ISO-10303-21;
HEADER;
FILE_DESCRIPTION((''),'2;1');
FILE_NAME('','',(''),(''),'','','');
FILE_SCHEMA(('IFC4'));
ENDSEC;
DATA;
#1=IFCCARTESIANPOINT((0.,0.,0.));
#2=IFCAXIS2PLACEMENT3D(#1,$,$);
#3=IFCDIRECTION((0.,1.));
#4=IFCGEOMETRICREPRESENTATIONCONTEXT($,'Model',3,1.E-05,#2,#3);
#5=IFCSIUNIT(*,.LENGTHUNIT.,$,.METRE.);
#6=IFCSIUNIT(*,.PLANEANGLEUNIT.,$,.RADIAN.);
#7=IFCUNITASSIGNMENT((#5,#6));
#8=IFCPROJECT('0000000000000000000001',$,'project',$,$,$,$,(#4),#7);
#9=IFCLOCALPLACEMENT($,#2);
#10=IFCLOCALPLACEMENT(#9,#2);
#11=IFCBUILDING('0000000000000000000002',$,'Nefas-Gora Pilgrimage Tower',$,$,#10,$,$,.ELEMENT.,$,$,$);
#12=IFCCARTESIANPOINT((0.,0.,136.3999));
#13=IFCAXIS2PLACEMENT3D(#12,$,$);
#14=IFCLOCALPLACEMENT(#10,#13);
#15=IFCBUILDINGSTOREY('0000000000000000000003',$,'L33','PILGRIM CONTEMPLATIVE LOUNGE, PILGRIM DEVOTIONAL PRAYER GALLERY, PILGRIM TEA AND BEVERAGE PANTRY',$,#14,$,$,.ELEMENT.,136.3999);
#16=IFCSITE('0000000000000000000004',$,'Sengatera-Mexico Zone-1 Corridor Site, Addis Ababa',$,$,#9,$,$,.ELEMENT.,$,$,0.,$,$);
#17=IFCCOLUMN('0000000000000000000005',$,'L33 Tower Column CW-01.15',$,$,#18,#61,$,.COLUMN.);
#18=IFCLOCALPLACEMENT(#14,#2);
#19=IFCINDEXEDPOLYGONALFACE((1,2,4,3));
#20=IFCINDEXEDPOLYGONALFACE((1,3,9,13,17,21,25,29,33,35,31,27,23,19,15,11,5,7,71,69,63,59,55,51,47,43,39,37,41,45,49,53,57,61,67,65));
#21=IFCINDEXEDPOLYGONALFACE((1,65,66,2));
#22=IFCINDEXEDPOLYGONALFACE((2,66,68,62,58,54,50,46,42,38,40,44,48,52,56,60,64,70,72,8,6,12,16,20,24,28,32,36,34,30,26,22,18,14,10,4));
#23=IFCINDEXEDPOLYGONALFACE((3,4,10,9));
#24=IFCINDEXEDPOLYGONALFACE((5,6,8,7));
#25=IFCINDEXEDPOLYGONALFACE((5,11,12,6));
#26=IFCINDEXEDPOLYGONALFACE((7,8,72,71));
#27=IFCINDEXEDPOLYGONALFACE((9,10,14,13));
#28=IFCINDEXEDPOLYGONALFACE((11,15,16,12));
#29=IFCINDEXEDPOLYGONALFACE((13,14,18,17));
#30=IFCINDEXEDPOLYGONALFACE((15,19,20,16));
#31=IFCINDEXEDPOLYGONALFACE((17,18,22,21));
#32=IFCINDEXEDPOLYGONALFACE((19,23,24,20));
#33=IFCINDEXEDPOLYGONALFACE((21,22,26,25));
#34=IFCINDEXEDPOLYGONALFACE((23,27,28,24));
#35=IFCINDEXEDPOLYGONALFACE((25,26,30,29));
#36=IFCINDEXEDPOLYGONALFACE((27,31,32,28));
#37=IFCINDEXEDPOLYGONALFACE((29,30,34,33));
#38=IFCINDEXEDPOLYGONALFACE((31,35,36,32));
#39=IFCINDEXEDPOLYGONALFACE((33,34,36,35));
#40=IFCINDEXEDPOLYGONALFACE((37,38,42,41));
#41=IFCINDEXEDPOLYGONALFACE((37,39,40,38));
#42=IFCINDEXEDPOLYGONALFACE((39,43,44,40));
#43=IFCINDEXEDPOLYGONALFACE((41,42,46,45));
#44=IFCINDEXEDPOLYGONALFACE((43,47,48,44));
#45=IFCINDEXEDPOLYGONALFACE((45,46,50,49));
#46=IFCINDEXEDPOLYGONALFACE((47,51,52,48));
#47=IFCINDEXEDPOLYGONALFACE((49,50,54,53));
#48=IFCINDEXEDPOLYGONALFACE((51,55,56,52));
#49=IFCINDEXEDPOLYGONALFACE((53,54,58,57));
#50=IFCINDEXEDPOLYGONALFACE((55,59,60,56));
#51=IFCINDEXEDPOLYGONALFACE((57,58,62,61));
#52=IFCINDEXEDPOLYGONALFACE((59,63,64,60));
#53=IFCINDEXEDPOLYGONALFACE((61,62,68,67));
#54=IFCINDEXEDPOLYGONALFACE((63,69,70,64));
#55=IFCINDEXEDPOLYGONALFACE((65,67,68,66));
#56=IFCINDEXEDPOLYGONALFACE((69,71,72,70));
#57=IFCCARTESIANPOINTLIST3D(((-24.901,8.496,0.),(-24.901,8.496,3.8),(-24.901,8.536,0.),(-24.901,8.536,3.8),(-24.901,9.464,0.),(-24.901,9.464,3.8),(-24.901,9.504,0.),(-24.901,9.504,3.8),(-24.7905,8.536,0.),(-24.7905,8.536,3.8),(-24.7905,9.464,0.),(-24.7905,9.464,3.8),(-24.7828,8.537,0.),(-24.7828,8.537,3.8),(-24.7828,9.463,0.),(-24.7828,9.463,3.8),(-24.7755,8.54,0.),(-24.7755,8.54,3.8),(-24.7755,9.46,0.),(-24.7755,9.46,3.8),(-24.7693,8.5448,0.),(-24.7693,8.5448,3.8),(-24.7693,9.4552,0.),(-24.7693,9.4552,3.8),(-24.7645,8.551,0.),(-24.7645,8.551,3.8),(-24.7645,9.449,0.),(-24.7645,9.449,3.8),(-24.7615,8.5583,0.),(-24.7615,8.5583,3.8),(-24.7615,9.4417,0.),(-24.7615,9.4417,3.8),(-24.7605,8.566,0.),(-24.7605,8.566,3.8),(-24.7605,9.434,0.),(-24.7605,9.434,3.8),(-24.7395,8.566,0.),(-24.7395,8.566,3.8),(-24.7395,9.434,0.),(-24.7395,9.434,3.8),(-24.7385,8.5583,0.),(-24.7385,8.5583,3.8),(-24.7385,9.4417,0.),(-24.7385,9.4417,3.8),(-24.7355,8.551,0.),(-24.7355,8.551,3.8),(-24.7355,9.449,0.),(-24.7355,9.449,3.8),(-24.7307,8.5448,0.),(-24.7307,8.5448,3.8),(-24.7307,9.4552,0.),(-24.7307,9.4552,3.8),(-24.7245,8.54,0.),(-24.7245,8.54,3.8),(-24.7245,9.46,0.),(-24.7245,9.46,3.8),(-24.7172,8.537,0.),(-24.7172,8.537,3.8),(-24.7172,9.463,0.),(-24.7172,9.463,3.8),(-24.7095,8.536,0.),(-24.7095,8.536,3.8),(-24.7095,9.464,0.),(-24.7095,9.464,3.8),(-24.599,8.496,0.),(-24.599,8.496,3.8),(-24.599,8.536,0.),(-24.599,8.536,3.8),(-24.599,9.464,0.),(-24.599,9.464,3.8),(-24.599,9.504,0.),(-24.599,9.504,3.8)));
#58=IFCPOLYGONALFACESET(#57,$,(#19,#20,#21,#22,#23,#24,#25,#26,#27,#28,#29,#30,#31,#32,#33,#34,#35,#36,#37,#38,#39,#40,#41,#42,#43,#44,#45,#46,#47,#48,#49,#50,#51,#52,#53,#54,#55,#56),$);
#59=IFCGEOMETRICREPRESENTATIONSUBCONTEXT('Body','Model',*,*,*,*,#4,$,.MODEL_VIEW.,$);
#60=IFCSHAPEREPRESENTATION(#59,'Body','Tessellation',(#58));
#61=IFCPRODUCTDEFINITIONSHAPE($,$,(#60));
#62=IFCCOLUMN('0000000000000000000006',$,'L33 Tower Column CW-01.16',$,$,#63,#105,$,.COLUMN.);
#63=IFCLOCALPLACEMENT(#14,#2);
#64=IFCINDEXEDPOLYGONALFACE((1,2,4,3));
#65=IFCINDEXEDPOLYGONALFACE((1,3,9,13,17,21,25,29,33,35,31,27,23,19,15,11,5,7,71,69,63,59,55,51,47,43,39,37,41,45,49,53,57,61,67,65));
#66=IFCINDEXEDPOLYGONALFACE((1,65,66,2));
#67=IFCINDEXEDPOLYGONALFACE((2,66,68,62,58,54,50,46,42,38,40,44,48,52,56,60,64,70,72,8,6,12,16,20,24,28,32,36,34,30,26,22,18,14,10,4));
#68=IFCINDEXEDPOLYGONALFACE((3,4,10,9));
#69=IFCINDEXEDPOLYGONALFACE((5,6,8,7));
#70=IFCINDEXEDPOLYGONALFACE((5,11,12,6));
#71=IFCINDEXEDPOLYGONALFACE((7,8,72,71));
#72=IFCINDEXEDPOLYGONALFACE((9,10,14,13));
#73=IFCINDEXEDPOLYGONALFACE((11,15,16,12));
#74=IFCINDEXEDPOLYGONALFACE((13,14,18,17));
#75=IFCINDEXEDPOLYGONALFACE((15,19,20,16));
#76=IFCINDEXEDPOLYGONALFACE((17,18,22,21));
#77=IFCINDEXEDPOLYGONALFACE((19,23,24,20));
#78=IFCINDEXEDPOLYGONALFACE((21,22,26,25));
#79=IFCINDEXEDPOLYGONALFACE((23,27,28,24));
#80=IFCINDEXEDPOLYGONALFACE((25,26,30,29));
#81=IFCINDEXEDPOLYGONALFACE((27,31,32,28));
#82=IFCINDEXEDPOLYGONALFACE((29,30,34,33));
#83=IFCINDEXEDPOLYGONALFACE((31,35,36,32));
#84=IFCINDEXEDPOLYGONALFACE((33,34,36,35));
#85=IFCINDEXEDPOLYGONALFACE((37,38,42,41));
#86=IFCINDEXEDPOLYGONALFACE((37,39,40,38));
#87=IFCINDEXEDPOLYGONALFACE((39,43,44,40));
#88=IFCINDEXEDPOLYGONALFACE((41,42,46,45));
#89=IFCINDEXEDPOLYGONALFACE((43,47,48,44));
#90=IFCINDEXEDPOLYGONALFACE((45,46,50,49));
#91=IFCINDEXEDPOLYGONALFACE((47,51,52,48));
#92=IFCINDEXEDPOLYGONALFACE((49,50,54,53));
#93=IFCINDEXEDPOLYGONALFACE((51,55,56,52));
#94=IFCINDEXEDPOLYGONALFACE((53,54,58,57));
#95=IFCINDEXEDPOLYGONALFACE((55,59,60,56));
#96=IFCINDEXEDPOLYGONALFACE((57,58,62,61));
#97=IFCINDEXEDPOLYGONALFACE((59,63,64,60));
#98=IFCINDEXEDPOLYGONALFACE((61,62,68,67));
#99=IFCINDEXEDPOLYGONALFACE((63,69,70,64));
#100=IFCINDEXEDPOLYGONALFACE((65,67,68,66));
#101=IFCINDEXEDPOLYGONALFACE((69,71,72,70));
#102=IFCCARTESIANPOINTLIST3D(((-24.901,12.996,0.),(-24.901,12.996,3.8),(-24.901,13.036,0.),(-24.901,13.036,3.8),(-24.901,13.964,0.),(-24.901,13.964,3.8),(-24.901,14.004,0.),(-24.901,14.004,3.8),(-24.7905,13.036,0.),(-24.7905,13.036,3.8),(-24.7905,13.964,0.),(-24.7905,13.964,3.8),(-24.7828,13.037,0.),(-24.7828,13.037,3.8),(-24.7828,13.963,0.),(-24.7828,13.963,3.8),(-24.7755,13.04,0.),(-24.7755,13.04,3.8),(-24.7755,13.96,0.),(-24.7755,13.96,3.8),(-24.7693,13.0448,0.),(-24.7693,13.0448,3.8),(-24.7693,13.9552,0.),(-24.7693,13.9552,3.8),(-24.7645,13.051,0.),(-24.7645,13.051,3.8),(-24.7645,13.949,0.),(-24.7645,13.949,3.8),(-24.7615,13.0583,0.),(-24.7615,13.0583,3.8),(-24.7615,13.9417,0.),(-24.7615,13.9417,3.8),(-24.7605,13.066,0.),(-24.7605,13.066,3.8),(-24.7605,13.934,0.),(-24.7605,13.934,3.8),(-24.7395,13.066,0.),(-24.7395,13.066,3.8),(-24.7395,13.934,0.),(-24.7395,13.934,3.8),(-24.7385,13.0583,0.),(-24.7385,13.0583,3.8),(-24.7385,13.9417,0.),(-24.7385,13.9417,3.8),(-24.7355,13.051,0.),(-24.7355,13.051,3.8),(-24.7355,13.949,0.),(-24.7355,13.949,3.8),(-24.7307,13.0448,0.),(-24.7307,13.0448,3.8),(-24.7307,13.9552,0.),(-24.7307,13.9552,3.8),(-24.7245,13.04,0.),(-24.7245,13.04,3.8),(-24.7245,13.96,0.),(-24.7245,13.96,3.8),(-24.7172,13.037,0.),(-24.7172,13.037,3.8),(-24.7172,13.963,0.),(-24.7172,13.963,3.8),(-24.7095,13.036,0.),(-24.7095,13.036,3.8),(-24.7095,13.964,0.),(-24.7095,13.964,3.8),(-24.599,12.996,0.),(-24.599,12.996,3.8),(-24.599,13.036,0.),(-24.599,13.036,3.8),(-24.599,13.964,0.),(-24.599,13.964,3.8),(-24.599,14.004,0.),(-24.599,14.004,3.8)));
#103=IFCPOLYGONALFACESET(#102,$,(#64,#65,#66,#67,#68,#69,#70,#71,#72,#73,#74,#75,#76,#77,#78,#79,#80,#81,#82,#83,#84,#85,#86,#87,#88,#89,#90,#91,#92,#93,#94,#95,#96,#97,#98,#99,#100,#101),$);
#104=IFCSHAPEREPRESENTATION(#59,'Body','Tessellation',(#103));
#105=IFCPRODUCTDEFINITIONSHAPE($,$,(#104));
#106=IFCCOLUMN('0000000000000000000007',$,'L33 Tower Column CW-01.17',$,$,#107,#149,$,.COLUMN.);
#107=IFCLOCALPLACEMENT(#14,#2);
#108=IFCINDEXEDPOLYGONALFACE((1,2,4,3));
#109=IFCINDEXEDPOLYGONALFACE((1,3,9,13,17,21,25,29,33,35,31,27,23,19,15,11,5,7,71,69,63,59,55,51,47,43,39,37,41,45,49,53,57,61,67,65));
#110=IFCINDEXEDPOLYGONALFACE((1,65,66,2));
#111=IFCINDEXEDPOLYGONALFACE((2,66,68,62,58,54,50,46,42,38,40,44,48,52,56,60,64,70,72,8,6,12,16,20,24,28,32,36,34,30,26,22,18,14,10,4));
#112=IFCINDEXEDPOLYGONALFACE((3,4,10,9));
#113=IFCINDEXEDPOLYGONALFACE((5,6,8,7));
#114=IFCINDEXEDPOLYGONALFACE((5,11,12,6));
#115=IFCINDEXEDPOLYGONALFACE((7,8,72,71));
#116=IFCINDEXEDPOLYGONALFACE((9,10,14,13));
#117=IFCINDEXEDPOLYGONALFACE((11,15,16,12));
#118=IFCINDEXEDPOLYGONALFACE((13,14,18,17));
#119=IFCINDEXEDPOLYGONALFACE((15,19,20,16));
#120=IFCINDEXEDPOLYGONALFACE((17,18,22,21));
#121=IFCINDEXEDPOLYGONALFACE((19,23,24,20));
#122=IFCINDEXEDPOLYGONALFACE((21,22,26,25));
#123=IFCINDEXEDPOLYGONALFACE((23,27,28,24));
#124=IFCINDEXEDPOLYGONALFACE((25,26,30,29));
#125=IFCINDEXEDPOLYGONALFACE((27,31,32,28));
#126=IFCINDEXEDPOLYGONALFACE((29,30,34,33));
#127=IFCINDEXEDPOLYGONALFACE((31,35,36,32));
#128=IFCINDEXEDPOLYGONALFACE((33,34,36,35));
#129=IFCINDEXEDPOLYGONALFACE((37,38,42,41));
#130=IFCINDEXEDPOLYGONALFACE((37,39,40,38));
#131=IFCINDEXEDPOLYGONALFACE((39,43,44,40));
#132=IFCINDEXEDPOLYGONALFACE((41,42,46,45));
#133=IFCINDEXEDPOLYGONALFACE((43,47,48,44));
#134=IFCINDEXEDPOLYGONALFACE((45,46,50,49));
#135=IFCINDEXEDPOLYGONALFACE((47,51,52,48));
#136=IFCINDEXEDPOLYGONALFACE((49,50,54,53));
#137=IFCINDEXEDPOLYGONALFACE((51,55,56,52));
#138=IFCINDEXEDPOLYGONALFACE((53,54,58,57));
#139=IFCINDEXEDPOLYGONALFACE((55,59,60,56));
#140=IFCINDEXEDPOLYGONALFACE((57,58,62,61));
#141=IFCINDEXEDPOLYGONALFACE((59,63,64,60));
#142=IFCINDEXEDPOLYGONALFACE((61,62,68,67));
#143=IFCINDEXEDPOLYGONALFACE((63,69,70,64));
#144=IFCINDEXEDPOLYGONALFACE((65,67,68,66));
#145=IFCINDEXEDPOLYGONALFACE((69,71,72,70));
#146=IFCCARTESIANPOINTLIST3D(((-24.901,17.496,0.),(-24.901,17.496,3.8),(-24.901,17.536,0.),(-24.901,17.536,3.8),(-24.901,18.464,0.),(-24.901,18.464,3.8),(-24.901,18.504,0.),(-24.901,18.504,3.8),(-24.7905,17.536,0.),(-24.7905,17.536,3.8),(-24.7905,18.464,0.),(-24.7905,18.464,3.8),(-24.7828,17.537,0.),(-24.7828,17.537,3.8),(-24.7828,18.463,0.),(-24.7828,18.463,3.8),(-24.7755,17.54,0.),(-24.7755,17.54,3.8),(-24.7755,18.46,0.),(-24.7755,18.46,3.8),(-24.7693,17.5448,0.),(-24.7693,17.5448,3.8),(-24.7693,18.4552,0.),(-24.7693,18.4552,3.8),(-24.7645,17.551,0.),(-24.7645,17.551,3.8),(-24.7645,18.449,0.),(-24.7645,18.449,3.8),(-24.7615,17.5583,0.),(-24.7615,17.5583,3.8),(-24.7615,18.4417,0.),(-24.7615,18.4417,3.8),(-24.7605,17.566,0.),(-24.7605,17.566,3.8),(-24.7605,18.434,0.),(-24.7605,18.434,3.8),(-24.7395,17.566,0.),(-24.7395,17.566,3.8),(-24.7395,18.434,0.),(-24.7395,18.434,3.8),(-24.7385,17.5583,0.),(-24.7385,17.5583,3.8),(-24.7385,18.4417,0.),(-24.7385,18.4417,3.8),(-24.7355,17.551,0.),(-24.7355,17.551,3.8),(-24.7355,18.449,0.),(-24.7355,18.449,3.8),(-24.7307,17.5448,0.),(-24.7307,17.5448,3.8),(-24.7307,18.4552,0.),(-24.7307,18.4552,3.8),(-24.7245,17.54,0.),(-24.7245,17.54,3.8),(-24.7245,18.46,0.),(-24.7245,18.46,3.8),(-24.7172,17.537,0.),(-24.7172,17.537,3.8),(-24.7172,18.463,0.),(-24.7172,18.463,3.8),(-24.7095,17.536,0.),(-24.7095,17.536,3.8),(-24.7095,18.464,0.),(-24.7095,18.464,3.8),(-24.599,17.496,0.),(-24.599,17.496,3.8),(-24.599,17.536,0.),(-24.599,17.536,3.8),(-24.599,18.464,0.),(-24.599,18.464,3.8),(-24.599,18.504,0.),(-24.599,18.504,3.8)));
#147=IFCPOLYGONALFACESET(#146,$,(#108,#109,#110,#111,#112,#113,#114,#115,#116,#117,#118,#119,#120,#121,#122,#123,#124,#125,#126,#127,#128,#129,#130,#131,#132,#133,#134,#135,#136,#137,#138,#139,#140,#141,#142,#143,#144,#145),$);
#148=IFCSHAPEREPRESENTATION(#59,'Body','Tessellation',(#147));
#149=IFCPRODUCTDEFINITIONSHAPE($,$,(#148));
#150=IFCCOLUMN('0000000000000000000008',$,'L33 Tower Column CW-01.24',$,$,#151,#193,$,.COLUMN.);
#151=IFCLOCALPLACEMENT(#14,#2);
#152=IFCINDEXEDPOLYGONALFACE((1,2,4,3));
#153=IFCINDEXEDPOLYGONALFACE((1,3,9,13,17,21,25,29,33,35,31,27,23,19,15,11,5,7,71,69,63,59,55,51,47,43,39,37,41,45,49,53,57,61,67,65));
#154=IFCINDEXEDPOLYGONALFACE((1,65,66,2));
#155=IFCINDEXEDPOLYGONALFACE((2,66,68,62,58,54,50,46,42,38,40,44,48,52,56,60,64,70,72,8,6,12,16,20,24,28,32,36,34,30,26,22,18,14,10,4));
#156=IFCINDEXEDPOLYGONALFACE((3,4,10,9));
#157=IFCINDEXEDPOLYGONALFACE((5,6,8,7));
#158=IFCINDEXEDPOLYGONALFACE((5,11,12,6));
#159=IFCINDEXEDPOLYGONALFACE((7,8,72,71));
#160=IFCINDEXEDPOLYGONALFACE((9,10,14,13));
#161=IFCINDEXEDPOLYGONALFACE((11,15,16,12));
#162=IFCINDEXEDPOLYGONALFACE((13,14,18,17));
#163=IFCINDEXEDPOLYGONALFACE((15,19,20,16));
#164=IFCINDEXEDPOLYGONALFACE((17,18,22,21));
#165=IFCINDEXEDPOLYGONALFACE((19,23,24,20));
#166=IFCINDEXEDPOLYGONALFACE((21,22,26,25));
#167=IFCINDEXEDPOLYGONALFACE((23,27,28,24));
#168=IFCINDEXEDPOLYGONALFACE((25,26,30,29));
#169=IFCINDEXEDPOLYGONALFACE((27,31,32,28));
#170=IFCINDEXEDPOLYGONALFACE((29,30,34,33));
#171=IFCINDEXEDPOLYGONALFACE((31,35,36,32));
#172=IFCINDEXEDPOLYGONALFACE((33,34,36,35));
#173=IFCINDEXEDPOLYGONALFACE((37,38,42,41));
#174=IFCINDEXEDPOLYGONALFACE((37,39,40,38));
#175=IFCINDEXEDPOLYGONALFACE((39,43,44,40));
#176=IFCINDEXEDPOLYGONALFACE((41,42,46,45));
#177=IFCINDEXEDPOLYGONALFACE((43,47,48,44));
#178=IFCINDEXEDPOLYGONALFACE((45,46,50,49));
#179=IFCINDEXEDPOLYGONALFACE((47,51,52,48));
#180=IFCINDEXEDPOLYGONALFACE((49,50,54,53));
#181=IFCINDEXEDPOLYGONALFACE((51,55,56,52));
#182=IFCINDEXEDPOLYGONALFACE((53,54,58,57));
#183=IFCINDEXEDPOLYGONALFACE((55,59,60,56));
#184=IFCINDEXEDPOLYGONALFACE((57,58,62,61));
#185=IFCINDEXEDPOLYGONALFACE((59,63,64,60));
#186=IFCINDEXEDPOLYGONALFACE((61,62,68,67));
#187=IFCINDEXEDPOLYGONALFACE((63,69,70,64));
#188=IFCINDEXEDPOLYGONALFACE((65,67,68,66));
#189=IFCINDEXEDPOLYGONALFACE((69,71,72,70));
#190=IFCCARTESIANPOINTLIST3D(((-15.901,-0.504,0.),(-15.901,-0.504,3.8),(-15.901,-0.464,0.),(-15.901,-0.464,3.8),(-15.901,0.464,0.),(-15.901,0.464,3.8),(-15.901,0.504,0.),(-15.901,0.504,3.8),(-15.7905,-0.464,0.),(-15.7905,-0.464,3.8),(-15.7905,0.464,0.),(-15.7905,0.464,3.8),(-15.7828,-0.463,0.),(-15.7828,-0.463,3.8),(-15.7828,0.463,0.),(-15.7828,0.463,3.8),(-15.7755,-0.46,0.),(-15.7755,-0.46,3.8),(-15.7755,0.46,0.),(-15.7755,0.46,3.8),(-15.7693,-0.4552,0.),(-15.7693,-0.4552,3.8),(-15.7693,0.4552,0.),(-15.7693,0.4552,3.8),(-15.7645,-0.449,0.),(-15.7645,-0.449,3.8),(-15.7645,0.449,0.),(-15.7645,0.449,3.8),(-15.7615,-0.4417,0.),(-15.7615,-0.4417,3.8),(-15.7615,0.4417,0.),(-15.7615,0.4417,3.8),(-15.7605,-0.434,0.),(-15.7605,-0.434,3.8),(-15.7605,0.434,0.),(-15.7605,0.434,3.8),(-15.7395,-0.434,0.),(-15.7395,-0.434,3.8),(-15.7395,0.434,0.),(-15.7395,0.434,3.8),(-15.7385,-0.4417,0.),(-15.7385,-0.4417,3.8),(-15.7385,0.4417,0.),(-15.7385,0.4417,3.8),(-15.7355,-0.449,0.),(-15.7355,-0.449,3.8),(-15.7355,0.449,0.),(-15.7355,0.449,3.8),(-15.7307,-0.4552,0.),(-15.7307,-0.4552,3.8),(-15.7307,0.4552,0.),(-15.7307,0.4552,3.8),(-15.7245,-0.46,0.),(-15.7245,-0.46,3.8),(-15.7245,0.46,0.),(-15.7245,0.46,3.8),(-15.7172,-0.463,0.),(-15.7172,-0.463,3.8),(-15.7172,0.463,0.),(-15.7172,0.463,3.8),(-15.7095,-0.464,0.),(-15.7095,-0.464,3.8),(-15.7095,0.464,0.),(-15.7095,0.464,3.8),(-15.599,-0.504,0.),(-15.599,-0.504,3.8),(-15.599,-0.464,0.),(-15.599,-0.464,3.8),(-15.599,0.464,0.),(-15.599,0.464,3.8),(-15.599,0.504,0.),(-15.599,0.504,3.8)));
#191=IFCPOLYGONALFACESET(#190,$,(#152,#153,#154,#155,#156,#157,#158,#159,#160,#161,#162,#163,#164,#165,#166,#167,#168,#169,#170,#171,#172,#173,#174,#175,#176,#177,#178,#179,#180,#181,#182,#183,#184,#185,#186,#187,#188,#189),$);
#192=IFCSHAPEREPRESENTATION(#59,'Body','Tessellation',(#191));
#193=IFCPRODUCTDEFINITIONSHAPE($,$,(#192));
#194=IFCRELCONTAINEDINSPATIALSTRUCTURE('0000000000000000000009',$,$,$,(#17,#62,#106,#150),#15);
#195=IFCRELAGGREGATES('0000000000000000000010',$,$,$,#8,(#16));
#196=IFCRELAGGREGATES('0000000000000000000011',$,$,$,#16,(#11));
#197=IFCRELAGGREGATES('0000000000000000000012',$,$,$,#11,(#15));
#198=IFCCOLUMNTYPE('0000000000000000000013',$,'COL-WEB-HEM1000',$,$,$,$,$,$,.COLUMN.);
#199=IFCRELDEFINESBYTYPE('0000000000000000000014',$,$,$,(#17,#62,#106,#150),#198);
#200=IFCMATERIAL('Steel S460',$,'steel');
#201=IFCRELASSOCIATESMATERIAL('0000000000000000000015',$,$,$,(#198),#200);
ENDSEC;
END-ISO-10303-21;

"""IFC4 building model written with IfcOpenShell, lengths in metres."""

from ifc_helpers import new_model, si_unit, direction, frame, origin, origin_2d, place, context, subcontext, project, spatial, i_section, extrude, source, transform, mapped, material, material_profile, profile_set, type_object, element, save


model = new_model("IFC4")

# Units and contexts
model_context = context("Model", 3, precision=1e-05, world=origin(), true_north=direction((0.0, 1.0)))
body_context = subcontext(model_context, "Body", "Model", "MODEL_VIEW")
ifc_project = project(units=[si_unit("LENGTHUNIT", "METRE"), si_unit("PLANEANGLEUNIT", "RADIAN")], contexts=[model_context])

# Site, building, storey
site_placement = place(None, origin())
site = spatial("IfcSite", under=ifc_project, at=site_placement, Name="Sengatera-Mexico Zone-1 Corridor Site, Addis Ababa", CompositionType="ELEMENT", RefElevation=0.0)
building_placement = place(site_placement, origin())
building = spatial("IfcBuilding", under=site, at=building_placement, Name="Nefas-Gora Pilgrimage Tower", CompositionType="ELEMENT")
storey_placement = place(building_placement, frame((0.0, 0.0, 136.3999)))
storey = spatial("IfcBuildingStorey", under=building, at=storey_placement, Name="L33", Description="PILGRIM CONTEMPLATIVE LOUNGE, PILGRIM DEVOTIONAL PRAYER GALLERY, PILGRIM TEA AND BEVERAGE PANTRY", CompositionType="ELEMENT", Elevation=136.3999)

# Columns
ifc_material_1 = material(Name="Steel S460", Category="steel")
ifc_material_profile_1 = material_profile(ifc_material_1, i_section(OverallWidth=0.302, OverallDepth=1.0081, WebThickness=0.021, FlangeThickness=0.04, FilletRadius=0.03, at=origin_2d()), Name="HEM 1000")
ifc_profile_set_1 = profile_set([ifc_material_profile_1], Name="Steel S460")
column_type_1 = type_object("IfcColumnType", Name="COL-WEB-HEM1000", PredefinedType="COLUMN", material=ifc_profile_set_1)
shared_shape_1 = source(origin(), body_context, "Body", "SweptSolid", [
    extrude(i_section(OverallWidth=0.302, OverallDepth=1.0081, WebThickness=0.021, FlangeThickness=0.04, FilletRadius=0.03, at=origin_2d()), origin(), (0.0, 0.0, 1.0), 3.8),
])
for number, where, z_axis, x_axis, name in (
    (1, (-24.75, 9.0, 0.0), (0.0, 0.0, 1.0), (1.0, 0.0, 0.0), "L33 Tower Column CW-01.15"),
    (2, (-24.75, 13.5, 0.0), (0.0, 0.0, 1.0), (1.0, 0.0, 0.0), "L33 Tower Column CW-01.16"),
    (3, (-24.75, 18.0, 0.0), (0.0, 0.0, 1.0), (1.0, 0.0, 0.0), "L33 Tower Column CW-01.17"),
    (4, (-15.75, 0.0, 0.0), (0.0, 0.0, 1.0), (1.0, 0.0, 0.0), "L33 Tower Column CW-01.24"),
):
    element("IfcColumn", number, at=place(storey_placement, frame(where, z_axis=z_axis, x_axis=x_axis)), inside=storey, type_object=column_type_1, Name=name, PredefinedType="COLUMN", context=body_context, shape_type="MappedRepresentation", body=[
        mapped(shared_shape_1, transform((0.0, 0.0, 0.0), x_axis=(1.0, 0.0, 0.0), y_axis=(0.0, 1.0, 0.0), z_axis=(0.0, 0.0, 1.0), scale=1.0)),
    ])

save(model, "model.ifc")
